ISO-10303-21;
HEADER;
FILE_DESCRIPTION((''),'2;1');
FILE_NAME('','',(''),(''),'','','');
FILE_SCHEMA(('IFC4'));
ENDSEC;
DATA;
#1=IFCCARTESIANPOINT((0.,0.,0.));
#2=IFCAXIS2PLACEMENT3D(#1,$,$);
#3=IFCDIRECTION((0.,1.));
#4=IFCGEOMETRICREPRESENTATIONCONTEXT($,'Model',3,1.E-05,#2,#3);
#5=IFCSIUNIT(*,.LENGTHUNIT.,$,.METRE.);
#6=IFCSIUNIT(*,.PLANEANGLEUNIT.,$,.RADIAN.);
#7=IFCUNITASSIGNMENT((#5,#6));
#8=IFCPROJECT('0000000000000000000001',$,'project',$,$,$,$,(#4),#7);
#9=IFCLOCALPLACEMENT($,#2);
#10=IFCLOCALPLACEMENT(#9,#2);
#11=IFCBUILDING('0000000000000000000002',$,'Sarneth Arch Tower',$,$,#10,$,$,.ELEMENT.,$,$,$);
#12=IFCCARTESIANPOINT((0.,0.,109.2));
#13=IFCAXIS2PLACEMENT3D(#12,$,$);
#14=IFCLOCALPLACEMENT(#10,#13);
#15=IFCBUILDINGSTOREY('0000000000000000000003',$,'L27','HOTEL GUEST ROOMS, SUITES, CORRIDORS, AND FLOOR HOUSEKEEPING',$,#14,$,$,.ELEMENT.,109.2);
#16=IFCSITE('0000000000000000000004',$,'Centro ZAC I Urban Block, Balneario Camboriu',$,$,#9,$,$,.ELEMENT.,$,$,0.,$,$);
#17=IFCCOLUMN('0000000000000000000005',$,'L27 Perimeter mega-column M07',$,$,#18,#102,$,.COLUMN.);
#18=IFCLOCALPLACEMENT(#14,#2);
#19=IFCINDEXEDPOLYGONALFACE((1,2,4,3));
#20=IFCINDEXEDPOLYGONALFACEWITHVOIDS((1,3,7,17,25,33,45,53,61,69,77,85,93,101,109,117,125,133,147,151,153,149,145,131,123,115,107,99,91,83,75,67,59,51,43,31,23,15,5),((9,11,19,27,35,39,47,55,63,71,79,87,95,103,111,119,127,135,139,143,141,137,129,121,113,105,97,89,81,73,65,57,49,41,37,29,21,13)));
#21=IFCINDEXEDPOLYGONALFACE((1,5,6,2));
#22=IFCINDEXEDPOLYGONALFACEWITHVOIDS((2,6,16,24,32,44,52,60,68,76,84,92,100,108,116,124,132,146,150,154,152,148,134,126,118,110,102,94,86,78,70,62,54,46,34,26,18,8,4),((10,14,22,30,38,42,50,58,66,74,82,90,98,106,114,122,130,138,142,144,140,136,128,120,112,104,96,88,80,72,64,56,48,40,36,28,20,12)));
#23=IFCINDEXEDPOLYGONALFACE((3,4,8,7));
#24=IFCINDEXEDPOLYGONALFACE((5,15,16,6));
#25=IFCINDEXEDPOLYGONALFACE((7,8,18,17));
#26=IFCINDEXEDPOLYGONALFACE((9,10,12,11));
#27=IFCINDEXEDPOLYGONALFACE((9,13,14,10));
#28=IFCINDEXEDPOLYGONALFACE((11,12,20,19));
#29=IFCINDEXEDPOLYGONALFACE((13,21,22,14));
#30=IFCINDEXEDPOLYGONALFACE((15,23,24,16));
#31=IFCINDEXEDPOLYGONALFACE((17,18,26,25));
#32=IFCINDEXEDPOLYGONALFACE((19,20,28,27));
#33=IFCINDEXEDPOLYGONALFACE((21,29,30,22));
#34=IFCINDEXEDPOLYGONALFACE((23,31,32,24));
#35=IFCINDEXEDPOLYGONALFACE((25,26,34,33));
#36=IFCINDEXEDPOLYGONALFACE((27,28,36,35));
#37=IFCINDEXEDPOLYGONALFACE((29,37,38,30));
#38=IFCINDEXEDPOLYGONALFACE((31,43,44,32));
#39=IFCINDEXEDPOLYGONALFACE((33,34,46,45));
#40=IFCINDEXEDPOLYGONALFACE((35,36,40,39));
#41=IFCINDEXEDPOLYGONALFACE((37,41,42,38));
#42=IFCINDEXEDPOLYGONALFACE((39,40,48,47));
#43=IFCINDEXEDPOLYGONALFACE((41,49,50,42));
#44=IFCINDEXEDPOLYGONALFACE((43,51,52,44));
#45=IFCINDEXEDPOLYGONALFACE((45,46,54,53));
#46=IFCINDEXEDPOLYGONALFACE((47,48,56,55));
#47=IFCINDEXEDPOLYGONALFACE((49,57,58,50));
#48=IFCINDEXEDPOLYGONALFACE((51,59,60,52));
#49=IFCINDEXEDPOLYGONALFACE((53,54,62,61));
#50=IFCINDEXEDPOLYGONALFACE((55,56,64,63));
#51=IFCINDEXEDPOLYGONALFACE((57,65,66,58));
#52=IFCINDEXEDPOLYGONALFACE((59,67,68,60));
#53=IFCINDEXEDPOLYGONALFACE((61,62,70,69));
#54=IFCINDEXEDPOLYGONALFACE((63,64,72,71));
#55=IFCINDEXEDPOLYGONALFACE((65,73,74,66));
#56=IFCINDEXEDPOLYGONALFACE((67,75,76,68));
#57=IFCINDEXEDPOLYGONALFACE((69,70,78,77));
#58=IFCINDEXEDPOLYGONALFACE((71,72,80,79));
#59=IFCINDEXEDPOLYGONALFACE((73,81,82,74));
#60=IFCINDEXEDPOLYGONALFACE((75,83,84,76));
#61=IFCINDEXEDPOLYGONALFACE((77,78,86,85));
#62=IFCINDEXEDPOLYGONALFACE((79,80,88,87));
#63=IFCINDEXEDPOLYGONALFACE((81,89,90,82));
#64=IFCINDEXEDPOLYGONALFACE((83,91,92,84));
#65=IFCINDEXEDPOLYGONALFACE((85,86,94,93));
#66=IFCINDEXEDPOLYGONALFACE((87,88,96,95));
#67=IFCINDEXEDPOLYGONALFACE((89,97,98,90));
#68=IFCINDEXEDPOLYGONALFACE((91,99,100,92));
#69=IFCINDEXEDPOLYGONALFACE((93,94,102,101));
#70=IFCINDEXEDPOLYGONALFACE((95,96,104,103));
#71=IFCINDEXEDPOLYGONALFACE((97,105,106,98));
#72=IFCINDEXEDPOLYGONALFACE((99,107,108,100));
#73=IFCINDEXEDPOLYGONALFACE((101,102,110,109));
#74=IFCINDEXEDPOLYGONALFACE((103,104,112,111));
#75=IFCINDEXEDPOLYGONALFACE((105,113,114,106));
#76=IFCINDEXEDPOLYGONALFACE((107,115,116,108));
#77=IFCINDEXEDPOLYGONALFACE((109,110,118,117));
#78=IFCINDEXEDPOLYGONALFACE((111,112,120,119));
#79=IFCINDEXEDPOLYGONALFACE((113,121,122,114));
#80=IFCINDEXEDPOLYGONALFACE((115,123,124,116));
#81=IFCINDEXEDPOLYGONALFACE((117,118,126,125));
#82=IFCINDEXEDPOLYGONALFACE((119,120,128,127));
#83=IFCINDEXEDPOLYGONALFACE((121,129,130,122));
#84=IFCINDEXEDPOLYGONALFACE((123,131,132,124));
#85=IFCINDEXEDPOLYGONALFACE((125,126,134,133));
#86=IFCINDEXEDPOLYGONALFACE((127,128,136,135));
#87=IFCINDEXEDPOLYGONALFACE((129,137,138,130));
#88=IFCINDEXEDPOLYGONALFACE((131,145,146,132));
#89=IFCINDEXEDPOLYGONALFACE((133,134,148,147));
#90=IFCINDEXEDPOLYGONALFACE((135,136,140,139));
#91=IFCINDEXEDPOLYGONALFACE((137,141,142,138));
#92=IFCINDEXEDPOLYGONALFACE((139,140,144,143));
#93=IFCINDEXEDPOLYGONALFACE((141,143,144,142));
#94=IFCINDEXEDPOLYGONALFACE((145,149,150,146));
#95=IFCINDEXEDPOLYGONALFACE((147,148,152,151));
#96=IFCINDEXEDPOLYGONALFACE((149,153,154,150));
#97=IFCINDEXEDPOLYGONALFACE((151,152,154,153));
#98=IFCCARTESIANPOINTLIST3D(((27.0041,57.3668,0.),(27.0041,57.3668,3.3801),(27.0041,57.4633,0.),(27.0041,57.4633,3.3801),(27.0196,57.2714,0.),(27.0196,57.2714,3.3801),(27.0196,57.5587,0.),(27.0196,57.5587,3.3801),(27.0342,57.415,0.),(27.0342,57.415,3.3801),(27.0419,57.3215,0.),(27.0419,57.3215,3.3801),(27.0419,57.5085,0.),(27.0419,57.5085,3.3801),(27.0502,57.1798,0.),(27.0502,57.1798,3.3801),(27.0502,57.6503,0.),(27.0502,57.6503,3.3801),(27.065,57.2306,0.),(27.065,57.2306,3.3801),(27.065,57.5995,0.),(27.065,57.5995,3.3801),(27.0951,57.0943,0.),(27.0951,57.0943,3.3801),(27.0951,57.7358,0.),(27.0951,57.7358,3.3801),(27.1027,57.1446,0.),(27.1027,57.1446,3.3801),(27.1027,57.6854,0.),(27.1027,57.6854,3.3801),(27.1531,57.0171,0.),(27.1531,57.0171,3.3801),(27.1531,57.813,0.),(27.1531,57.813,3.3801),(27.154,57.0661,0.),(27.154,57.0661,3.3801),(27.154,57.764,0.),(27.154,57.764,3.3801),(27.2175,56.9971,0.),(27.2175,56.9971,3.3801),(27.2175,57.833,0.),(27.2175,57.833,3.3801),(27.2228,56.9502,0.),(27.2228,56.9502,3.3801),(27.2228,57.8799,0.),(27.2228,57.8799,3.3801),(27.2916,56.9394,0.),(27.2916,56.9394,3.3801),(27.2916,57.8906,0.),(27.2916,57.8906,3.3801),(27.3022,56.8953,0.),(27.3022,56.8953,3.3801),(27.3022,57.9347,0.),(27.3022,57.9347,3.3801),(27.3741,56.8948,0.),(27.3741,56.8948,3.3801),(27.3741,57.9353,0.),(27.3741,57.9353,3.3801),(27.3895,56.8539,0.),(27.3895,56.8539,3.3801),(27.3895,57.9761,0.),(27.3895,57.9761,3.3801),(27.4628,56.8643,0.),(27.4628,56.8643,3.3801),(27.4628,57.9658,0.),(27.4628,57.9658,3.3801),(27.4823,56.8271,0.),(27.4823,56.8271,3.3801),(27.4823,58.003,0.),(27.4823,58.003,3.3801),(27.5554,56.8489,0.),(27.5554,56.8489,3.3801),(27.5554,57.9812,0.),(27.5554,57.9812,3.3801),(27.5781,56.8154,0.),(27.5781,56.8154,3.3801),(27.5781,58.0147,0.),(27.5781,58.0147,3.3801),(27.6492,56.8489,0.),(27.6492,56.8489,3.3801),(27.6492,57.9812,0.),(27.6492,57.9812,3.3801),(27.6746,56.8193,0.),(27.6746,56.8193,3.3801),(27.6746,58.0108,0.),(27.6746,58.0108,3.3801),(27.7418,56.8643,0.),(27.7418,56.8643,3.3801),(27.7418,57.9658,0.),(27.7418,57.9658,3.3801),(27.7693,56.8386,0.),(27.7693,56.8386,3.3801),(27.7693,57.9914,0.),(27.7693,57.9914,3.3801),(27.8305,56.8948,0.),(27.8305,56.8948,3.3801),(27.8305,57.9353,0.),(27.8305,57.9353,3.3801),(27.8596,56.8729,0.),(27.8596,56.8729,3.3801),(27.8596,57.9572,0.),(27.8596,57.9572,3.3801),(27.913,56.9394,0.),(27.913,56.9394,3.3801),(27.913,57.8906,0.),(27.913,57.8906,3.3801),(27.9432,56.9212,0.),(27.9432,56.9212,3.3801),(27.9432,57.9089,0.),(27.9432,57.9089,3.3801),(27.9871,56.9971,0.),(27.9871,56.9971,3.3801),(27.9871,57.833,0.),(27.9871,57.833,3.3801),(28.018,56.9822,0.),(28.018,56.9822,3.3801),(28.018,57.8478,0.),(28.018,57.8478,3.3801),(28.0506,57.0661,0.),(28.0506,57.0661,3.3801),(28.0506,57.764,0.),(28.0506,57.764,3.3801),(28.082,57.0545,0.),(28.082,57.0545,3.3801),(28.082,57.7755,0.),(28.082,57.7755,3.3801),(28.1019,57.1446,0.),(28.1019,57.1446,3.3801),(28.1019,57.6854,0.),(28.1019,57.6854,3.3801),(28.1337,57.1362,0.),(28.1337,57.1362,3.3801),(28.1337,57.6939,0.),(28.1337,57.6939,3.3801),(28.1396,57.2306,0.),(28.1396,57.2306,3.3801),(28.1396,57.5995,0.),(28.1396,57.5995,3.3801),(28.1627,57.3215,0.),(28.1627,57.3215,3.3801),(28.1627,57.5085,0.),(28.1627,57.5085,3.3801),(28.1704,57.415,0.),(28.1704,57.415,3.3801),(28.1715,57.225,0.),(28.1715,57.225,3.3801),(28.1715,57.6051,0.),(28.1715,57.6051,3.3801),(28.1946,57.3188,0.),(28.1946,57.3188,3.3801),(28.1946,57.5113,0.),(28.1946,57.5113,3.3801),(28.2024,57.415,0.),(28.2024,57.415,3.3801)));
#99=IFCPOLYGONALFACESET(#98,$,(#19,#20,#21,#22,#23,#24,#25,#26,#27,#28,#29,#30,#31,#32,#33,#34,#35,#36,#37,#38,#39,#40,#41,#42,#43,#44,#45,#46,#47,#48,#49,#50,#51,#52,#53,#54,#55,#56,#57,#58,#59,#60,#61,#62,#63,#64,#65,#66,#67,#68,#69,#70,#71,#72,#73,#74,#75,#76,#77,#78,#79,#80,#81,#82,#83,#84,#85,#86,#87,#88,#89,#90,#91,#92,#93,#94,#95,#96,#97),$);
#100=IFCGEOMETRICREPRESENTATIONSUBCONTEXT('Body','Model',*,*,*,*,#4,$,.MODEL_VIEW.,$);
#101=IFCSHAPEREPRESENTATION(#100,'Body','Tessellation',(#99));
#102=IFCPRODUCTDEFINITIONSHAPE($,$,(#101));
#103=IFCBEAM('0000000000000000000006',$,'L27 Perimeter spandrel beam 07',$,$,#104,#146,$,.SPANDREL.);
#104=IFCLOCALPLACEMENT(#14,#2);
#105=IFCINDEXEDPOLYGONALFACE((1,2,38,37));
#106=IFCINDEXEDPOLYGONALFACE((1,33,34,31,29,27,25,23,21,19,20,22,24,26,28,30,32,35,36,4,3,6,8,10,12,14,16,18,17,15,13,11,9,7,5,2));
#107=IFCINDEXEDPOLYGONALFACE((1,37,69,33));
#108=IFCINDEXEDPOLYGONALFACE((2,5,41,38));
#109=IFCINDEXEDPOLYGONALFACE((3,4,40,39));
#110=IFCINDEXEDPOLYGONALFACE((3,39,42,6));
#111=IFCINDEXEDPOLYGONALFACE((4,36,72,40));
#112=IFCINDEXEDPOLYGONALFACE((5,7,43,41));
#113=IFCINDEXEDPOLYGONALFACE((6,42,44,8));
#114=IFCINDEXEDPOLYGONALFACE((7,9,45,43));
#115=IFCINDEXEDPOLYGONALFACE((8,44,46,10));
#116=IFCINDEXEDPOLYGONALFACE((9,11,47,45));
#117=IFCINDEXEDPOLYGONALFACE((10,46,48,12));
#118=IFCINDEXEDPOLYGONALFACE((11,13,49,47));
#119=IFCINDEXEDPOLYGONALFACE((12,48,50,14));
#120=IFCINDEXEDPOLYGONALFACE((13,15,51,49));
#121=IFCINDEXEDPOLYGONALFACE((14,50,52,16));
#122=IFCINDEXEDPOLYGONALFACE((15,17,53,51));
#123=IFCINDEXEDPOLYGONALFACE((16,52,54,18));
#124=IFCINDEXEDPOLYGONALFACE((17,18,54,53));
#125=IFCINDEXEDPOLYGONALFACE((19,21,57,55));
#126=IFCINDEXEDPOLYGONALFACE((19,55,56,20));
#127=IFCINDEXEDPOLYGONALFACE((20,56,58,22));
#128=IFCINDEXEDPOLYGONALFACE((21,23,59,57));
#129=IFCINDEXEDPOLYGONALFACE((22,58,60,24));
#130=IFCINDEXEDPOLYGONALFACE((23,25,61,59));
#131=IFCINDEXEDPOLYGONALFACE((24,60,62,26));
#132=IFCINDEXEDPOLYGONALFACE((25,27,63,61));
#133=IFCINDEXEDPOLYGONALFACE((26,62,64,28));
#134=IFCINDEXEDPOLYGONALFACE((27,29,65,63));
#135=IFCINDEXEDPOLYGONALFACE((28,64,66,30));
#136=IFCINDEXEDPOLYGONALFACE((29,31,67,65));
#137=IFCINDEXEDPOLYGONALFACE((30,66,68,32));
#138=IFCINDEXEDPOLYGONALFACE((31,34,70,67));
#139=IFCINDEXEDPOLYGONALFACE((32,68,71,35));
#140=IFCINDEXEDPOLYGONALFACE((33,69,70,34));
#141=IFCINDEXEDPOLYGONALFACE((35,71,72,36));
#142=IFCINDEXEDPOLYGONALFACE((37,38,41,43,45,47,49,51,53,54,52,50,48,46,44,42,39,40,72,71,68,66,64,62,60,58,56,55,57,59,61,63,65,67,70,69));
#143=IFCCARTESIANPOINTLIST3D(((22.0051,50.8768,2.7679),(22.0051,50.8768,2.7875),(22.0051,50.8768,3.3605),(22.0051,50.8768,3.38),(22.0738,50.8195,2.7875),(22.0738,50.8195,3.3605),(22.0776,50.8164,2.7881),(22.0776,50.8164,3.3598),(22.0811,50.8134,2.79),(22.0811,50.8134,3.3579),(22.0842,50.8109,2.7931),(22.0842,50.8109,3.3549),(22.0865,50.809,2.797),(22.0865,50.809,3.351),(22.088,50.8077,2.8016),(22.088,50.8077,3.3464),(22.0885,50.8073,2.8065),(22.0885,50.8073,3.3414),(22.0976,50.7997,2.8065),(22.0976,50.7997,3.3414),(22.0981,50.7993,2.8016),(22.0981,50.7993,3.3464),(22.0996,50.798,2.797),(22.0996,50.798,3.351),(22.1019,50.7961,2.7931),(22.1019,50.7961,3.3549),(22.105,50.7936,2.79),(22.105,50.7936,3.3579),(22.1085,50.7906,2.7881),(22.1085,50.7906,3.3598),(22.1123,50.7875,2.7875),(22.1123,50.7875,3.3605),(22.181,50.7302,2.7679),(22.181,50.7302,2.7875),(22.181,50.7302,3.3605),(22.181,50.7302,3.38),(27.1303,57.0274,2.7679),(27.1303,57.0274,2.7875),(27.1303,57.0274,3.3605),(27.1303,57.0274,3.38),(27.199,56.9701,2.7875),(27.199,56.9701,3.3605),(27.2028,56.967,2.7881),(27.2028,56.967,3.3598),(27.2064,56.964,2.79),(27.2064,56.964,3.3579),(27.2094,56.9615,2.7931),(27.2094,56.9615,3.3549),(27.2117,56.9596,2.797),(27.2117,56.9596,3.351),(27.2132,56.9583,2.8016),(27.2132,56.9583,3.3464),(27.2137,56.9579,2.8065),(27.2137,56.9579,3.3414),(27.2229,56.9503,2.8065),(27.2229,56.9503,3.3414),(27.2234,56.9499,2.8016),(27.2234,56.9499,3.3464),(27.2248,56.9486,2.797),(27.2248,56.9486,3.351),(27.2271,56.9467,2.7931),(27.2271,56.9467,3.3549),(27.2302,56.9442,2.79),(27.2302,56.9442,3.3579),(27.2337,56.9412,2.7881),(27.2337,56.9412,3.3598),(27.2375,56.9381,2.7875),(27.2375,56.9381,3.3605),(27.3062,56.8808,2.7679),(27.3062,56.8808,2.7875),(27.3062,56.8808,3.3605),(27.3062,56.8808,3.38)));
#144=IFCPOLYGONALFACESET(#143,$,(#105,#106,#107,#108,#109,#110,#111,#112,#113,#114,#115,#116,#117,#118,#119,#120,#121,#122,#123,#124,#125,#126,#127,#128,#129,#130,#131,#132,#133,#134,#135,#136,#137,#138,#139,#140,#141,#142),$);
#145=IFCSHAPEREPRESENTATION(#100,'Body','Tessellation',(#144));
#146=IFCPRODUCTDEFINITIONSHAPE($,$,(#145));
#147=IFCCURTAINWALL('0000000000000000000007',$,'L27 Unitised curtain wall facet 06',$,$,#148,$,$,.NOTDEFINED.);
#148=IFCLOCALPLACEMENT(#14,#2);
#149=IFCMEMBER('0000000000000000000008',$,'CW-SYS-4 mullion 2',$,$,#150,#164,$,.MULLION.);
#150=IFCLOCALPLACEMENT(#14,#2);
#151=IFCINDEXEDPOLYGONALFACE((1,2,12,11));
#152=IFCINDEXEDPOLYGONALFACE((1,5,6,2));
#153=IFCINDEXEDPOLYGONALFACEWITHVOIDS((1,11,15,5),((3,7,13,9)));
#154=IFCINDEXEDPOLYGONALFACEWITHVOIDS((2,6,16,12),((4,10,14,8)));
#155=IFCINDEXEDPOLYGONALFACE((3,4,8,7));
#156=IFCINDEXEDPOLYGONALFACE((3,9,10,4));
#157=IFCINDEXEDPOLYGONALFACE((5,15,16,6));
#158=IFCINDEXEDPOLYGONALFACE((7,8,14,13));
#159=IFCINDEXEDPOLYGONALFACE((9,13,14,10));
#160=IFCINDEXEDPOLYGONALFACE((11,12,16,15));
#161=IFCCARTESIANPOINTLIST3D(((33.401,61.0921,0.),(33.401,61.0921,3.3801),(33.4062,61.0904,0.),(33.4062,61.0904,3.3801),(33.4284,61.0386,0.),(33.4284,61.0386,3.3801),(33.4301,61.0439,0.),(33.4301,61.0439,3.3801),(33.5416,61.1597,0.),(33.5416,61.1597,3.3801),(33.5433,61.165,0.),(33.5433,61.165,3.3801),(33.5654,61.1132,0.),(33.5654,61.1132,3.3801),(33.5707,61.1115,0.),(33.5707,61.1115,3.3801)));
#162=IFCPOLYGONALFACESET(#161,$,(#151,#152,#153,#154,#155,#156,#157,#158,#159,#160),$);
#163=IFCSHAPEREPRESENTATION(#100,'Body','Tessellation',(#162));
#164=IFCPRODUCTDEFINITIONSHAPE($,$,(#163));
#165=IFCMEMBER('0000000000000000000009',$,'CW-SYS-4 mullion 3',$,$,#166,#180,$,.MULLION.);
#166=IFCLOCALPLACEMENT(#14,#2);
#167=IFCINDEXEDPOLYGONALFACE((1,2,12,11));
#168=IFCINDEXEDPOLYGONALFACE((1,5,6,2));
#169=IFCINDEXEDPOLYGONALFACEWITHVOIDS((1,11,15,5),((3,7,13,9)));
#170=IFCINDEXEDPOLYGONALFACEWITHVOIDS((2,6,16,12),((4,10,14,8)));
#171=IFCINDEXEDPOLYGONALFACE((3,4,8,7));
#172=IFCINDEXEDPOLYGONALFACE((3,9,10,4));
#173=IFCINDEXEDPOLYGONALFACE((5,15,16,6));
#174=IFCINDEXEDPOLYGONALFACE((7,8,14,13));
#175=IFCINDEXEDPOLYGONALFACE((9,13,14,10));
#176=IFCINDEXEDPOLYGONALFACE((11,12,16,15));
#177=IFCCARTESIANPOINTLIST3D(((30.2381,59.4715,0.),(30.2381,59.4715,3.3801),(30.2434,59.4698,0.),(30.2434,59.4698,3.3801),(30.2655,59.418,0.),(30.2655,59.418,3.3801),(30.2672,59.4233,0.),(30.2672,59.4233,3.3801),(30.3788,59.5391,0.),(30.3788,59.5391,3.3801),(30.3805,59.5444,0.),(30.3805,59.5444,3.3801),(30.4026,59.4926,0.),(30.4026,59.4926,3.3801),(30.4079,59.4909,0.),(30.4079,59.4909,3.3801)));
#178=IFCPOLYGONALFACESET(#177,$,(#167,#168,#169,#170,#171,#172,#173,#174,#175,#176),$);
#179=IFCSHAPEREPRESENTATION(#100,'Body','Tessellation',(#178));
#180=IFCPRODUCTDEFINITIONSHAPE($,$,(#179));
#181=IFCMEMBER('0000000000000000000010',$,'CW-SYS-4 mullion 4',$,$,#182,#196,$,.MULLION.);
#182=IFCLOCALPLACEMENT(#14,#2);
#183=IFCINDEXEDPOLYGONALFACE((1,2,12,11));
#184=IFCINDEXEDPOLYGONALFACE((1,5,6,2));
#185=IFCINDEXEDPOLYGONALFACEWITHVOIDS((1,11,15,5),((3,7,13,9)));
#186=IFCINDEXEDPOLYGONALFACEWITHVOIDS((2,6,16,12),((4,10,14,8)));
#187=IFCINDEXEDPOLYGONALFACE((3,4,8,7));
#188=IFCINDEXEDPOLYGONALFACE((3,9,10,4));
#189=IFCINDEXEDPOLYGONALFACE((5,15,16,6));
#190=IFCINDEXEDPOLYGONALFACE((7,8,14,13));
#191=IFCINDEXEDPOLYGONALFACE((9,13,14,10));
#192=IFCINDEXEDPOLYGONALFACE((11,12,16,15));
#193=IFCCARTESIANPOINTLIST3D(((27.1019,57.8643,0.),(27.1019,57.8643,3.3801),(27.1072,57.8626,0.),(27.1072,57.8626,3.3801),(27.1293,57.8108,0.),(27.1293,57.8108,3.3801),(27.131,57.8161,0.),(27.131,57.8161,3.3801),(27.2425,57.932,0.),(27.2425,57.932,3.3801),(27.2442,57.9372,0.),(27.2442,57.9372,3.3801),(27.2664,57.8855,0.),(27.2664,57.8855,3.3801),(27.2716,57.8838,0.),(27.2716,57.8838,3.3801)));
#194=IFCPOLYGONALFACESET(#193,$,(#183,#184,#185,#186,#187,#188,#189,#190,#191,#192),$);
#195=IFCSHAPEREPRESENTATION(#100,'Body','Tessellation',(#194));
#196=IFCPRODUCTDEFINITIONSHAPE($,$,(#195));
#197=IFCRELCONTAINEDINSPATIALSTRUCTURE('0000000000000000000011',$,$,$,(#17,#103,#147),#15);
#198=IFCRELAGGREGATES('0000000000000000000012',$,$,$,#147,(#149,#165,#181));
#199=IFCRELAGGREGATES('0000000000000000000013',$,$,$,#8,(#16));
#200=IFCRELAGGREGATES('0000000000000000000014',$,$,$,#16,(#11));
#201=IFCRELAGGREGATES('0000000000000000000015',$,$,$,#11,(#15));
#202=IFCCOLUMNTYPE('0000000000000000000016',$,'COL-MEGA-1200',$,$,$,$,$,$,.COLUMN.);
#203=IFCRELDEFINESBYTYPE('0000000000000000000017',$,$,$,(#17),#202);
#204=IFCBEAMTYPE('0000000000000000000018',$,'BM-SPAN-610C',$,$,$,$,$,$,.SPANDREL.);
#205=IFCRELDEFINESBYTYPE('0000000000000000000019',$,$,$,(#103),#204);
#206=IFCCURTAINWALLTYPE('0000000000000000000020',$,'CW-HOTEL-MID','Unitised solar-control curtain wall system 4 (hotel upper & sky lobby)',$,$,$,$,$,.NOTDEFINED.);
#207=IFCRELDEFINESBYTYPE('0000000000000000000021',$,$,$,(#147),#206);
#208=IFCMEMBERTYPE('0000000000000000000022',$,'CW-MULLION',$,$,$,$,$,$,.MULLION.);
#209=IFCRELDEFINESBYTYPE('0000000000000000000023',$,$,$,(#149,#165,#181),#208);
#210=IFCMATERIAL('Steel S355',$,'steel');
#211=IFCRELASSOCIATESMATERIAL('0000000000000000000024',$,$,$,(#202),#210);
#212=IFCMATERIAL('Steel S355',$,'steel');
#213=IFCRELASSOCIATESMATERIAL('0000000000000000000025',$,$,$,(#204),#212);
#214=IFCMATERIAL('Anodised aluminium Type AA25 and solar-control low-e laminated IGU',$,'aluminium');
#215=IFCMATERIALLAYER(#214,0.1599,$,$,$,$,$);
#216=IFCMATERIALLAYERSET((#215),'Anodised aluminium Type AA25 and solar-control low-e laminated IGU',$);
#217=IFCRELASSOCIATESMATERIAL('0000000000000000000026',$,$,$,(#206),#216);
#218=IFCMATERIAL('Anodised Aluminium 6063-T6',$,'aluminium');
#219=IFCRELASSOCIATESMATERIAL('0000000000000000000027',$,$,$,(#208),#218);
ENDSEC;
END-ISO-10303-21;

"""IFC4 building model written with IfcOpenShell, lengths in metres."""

from ifc_helpers import new_model, si_unit, direction, frame, origin, origin_2d, place, context, subcontext, project, spatial, hollow_rectangle, hollow_circle, i_section, extrude, material, layer, layer_set, material_profile, profile_set, type_object, element, aggregate, save


model = new_model("IFC4")

# Units and contexts
model_context = context("Model", 3, precision=1e-05, world=origin(), true_north=direction((0.0, 1.0)))
body_context = subcontext(model_context, "Body", "Model", "MODEL_VIEW")
ifc_project = project(units=[si_unit("LENGTHUNIT", "METRE"), si_unit("PLANEANGLEUNIT", "RADIAN")], contexts=[model_context])

# Site, building, storey
site_placement = place(None, origin())
site = spatial("IfcSite", under=ifc_project, at=site_placement, Name="Centro ZAC I Urban Block, Balneario Camboriu", CompositionType="ELEMENT", RefElevation=0.0)
building_placement = place(site_placement, origin())
building = spatial("IfcBuilding", under=site, at=building_placement, Name="Sarneth Arch Tower", CompositionType="ELEMENT")
storey_placement = place(building_placement, frame((0.0, 0.0, 109.2)))
storey = spatial("IfcBuildingStorey", under=building, at=storey_placement, Name="L27", Description="HOTEL GUEST ROOMS, SUITES, CORRIDORS, AND FLOOR HOUSEKEEPING", CompositionType="ELEMENT", Elevation=109.2)

# Column
ifc_material_1 = material(Name="Steel S355", Category="steel")
ifc_material_profile_1 = material_profile(ifc_material_1, hollow_circle(Radius=0.6001, WallThickness=0.032, at=origin_2d()), Name="CHS1200x32")
ifc_profile_set_1 = profile_set([ifc_material_profile_1], Name="Steel S355")
column_type = type_object("IfcColumnType", Name="COL-MEGA-1200", PredefinedType="COLUMN", material=ifc_profile_set_1)
column_placement = place(storey_placement, frame((27.6023, 57.415, 0.0), z_axis=(0.0, 0.0, 1.0), x_axis=(1.0, 0.0, 0.0)))
element("IfcColumn", 1, at=column_placement, inside=storey, type_object=column_type, Name="L27 Perimeter mega-column M07", PredefinedType="COLUMN", context=body_context, shape_type="SweptSolid", body=[
    extrude(hollow_circle(Radius=0.6001, WallThickness=0.032, at=origin_2d()), origin(), (0.0, 0.0, 1.0), 3.3801),
])

# Beam
ifc_material_2 = material(Name="Steel S355", Category="steel")
ifc_material_profile_2 = material_profile(ifc_material_2, i_section(OverallWidth=0.229, OverallDepth=0.6121, WebThickness=0.012, FlangeThickness=0.0195, FilletRadius=0.019, at=origin_2d()), Name="W610x125")
ifc_profile_set_2 = profile_set([ifc_material_profile_2], Name="Steel S355")
beam_type = type_object("IfcBeamType", Name="BM-SPAN-610C", PredefinedType="SPANDREL", material=ifc_profile_set_2)
beam_placement = place(storey_placement, frame((27.2183, 56.9541, 3.074), z_axis=(-0.640163, -0.768239, 0.0), x_axis=(0.768239, -0.640163, 0.0)))
element("IfcBeam", 2, at=beam_placement, inside=storey, type_object=beam_type, Name="L27 Perimeter spandrel beam 07", PredefinedType="SPANDREL", context=body_context, shape_type="SweptSolid", body=[
    extrude(i_section(OverallWidth=0.229, OverallDepth=0.6121, WebThickness=0.012, FlangeThickness=0.0195, FilletRadius=0.019, at=origin_2d()), origin(), (0.0, 0.0, 1.0), 8.0061),
])

# Curtain wall, members
ifc_material_3 = material(Name="Anodised aluminium Type AA25 and solar-control low-e laminated IGU", Category="aluminium")
ifc_layer_1 = layer(ifc_material_3, 0.1599)
ifc_layer_set_1 = layer_set([ifc_layer_1], Name="Anodised aluminium Type AA25 and solar-control low-e laminated IGU")
curtain_wall_type = type_object("IfcCurtainWallType", Name="CW-HOTEL-MID", Description="Unitised solar-control curtain wall system 4 (hotel upper & sky lobby)", PredefinedType="NOTDEFINED", material=ifc_layer_set_1)
curtain_wall_placement = place(storey_placement, origin())
curtain_wall = element("IfcCurtainWall", 3, at=curtain_wall_placement, inside=storey, type_object=curtain_wall_type, Name="L27 Unitised curtain wall facet 06", PredefinedType="NOTDEFINED")
ifc_material_4 = material(Name="Anodised Aluminium 6063-T6", Category="aluminium")
ifc_material_profile_3 = material_profile(ifc_material_4, hollow_rectangle(XDim=0.0601, YDim=0.1599, WallThickness=0.0039, at=origin_2d()), Name="AL-MULL-160x60x4")
ifc_profile_set_3 = profile_set([ifc_material_profile_3], Name="Anodised Aluminium 6063-T6")
member_type_1 = type_object("IfcMemberType", Name="CW-MULLION", PredefinedType="MULLION", material=ifc_profile_set_3)
member_1_placement = place(storey_placement, frame((33.4858, 61.1018, 0.0), z_axis=(0.0, 0.0, 1.0), x_axis=(0.456031, -0.889964, 0.0)))
member_1 = element("IfcMember", 4, at=member_1_placement, type_object=member_type_1, Name="CW-SYS-4 mullion 2", PredefinedType="MULLION", context=body_context, shape_type="SweptSolid", body=[
    extrude(hollow_rectangle(XDim=0.0601, YDim=0.1599, WallThickness=0.0039, at=origin_2d()), origin(), (0.0, 0.0, 1.0), 3.3801),
])
member_2_placement = place(storey_placement, frame((30.323, 59.4812, 0.0), z_axis=(0.0, 0.0, 1.0), x_axis=(0.456031, -0.889964, 0.0)))
member_2 = element("IfcMember", 5, at=member_2_placement, type_object=member_type_1, Name="CW-SYS-4 mullion 3", PredefinedType="MULLION", context=body_context, shape_type="SweptSolid", body=[
    extrude(hollow_rectangle(XDim=0.0601, YDim=0.1599, WallThickness=0.0039, at=origin_2d()), origin(), (0.0, 0.0, 1.0), 3.3801),
])
member_3_placement = place(storey_placement, frame((27.1868, 57.874, 0.0), z_axis=(0.0, 0.0, 1.0), x_axis=(0.456031, -0.889964, 0.0)))
member_3 = element("IfcMember", 6, at=member_3_placement, type_object=member_type_1, Name="CW-SYS-4 mullion 4", PredefinedType="MULLION", context=body_context, shape_type="SweptSolid", body=[
    extrude(hollow_rectangle(XDim=0.0601, YDim=0.1599, WallThickness=0.0039, at=origin_2d()), origin(), (0.0, 0.0, 1.0), 3.3801),
])

aggregate(curtain_wall, [member_1, member_2, member_3])

save(model, "model.ifc")
